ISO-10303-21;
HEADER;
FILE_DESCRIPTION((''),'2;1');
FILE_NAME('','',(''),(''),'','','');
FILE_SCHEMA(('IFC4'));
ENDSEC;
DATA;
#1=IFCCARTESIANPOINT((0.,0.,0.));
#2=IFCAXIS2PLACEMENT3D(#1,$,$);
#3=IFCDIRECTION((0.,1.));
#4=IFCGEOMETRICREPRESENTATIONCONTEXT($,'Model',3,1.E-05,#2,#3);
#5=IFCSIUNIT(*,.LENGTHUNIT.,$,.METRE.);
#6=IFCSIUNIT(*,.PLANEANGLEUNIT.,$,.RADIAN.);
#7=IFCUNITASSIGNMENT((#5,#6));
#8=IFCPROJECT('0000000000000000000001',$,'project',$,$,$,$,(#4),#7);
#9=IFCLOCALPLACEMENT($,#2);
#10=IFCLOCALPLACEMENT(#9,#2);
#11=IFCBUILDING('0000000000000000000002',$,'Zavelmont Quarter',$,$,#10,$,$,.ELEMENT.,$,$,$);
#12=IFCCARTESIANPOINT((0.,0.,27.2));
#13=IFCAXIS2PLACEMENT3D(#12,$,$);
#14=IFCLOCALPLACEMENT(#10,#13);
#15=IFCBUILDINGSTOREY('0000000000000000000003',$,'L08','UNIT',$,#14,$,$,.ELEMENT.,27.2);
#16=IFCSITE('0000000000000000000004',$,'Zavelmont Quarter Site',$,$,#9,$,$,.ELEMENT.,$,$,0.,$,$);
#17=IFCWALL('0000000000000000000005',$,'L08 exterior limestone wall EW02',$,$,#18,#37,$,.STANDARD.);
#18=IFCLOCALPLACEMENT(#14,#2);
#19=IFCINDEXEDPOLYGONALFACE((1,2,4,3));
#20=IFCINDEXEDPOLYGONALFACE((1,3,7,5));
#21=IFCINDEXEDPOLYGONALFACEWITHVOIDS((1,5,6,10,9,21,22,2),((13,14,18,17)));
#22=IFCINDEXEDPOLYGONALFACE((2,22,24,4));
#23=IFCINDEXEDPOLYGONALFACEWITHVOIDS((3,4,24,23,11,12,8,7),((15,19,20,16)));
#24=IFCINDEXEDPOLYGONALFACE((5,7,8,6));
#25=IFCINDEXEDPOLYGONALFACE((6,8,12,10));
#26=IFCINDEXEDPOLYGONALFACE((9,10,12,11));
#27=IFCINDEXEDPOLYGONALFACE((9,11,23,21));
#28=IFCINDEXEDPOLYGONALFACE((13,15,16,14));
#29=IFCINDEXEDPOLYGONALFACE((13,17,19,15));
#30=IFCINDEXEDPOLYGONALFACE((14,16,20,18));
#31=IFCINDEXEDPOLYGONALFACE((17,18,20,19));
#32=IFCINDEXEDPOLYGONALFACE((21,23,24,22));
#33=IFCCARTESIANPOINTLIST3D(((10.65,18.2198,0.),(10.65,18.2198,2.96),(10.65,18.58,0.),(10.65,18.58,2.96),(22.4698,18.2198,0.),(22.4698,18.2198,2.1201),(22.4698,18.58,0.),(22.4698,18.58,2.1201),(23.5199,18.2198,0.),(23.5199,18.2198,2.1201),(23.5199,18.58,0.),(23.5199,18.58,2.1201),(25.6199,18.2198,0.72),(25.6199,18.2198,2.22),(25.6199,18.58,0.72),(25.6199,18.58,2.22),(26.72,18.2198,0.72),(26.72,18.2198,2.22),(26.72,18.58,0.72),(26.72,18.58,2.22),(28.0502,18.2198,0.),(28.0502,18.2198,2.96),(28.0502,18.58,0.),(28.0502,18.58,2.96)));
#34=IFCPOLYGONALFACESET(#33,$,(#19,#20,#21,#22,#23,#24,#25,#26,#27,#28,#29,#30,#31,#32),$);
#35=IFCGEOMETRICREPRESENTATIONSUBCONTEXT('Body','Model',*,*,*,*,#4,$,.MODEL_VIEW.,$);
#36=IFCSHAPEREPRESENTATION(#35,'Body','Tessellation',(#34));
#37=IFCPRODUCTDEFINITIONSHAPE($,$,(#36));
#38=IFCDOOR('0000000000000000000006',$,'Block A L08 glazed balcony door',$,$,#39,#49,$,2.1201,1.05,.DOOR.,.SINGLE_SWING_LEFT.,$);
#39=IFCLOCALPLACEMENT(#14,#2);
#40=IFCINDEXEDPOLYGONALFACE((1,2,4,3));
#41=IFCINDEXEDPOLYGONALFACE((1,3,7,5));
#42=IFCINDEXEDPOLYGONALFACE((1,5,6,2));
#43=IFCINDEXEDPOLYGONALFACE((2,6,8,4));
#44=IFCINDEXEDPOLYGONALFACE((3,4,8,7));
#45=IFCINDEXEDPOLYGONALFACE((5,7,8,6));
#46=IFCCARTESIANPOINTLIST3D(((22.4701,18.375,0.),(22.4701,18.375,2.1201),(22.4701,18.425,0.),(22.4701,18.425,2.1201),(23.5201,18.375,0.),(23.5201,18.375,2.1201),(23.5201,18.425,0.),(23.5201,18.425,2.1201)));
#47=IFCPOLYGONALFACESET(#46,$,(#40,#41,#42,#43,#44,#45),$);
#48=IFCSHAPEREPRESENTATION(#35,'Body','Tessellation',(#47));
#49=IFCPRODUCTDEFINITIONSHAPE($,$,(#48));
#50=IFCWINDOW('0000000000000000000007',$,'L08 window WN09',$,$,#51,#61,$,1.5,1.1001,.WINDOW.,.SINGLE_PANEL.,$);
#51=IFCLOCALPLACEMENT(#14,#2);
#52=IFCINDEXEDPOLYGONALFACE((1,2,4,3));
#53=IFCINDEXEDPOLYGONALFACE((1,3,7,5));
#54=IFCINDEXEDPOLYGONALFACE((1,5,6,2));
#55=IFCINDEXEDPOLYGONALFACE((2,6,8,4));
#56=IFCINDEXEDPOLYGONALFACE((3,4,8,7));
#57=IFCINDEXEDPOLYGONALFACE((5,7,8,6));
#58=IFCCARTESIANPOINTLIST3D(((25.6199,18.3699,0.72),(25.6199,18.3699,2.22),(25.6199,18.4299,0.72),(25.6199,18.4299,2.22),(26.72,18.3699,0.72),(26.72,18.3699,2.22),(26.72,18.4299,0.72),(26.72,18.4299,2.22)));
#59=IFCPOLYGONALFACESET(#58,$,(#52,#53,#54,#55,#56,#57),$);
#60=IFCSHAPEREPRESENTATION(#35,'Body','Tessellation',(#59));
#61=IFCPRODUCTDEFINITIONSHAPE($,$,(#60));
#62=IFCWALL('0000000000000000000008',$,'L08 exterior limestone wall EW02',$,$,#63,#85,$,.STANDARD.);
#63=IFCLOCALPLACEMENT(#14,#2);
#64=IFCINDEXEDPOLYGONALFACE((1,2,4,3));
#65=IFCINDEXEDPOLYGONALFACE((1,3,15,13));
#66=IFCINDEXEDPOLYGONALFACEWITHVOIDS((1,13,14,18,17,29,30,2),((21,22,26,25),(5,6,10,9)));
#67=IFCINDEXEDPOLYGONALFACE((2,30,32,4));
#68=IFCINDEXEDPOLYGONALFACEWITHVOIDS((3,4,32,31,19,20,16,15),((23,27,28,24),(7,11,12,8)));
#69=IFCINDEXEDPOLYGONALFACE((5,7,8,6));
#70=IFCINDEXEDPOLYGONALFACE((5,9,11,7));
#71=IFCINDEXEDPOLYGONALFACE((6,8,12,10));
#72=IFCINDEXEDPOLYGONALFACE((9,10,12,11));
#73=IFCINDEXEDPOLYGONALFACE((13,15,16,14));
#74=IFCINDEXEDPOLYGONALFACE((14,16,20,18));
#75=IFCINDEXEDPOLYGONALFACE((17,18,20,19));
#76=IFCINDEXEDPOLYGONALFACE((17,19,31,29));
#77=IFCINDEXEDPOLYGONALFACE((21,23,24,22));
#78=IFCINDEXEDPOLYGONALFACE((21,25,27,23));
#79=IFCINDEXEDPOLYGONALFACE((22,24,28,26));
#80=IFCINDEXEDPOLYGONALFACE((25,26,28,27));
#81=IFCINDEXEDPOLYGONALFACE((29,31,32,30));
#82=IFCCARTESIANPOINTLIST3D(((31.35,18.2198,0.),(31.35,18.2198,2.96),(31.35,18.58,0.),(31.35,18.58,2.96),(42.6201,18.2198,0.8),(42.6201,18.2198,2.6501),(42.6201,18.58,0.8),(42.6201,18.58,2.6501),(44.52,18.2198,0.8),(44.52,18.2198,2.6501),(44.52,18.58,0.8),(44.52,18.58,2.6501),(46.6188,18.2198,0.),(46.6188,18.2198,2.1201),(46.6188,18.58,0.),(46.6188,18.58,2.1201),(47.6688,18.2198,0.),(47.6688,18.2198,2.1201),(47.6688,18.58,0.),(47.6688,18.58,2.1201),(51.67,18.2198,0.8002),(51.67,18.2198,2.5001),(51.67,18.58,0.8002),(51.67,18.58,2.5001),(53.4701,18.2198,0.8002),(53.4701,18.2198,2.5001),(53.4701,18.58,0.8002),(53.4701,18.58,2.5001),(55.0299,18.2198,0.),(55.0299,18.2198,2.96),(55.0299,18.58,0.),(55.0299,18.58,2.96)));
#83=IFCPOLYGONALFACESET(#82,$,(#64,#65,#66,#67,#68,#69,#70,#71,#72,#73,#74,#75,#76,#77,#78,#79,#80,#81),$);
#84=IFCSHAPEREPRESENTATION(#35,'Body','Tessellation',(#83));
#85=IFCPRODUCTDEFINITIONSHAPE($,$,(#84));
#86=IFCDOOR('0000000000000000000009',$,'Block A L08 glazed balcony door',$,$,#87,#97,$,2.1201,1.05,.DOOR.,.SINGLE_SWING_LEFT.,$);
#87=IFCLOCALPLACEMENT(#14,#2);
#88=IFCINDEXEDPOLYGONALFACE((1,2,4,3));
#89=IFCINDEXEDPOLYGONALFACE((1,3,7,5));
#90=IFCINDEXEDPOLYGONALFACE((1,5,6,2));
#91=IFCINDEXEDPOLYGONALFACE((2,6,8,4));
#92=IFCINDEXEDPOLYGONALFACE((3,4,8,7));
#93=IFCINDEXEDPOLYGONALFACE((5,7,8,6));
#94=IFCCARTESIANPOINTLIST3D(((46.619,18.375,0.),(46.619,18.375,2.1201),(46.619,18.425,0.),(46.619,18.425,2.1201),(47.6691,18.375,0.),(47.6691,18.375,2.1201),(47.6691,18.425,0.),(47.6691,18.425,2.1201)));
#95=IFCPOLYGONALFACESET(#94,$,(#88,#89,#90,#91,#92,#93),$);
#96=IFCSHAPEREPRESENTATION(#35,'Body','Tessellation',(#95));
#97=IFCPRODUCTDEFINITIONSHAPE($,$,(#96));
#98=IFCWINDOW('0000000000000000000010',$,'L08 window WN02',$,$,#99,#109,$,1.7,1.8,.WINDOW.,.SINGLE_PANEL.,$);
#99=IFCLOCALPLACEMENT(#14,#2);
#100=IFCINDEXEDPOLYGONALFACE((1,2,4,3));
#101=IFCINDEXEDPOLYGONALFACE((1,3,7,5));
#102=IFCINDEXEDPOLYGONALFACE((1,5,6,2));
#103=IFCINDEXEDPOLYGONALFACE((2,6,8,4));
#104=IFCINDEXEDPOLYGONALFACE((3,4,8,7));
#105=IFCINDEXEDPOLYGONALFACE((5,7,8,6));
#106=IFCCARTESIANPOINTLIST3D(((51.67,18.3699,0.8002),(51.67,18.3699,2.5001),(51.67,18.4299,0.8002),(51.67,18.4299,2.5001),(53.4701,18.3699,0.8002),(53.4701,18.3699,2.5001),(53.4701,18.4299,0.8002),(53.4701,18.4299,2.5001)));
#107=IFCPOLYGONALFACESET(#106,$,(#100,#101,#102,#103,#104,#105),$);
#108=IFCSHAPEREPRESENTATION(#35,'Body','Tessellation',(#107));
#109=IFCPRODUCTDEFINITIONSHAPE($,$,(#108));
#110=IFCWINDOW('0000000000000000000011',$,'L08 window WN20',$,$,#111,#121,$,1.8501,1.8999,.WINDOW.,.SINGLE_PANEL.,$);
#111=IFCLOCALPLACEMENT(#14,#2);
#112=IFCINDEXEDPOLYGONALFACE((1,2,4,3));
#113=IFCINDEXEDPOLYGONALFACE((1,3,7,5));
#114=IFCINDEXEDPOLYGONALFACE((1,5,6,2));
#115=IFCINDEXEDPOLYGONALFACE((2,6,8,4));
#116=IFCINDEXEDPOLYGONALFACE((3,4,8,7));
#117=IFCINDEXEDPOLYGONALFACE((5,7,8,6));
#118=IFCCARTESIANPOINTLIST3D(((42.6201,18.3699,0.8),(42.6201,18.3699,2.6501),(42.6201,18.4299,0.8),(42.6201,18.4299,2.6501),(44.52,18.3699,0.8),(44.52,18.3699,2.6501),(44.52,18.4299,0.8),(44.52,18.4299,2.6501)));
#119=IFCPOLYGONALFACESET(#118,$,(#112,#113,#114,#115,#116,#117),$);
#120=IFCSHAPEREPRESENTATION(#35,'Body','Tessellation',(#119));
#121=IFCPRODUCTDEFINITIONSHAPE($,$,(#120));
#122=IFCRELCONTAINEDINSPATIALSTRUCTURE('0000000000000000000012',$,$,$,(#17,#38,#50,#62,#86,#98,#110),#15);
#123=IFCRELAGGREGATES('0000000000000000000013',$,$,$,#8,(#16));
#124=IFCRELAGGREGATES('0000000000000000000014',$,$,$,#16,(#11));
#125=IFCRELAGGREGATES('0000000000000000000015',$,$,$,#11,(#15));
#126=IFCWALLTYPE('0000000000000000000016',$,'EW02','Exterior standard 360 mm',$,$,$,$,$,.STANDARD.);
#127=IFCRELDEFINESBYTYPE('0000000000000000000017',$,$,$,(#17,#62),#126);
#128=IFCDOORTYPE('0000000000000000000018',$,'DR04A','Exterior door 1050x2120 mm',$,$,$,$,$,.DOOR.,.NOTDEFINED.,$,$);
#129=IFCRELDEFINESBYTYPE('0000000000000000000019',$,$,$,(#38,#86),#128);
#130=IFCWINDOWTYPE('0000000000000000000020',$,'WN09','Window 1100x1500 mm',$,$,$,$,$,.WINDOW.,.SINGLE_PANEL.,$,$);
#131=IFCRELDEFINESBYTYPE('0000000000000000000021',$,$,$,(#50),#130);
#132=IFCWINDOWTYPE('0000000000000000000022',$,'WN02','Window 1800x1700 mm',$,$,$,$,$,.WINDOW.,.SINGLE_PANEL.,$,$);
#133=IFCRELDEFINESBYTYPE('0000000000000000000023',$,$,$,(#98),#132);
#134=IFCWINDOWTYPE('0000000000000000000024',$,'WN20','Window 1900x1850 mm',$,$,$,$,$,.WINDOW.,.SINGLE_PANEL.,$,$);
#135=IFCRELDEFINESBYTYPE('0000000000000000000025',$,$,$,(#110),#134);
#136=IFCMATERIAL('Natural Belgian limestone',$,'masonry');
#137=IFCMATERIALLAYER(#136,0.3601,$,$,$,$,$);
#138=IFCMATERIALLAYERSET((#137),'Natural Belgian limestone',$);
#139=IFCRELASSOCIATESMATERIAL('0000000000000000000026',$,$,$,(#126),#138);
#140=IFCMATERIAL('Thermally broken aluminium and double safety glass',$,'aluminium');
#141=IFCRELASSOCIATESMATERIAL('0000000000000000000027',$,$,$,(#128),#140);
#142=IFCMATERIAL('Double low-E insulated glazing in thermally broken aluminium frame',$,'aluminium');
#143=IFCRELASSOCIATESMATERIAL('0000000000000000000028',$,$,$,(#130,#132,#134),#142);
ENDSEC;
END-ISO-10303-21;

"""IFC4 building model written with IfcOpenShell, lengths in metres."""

from ifc_helpers import new_model, si_unit, direction, frame, frame_2d, origin, origin_with_axes, place, context, subcontext, project, spatial, rectangle, extrude, material, layer, layer_set, type_object, element, fill, save


model = new_model("IFC4")

# Units and contexts
model_context = context("Model", 3, precision=1e-05, world=origin(), true_north=direction((0.0, 1.0)))
body_context = subcontext(model_context, "Body", "Model", "MODEL_VIEW")
ifc_project = project(units=[si_unit("LENGTHUNIT", "METRE"), si_unit("PLANEANGLEUNIT", "RADIAN")], contexts=[model_context])

# Site, building, storey
site_placement = place(None, origin())
site = spatial("IfcSite", under=ifc_project, at=site_placement, Name="Zavelmont Quarter Site", CompositionType="ELEMENT", RefElevation=0.0)
building_placement = place(site_placement, origin())
building = spatial("IfcBuilding", under=site, at=building_placement, Name="Zavelmont Quarter", CompositionType="ELEMENT")
storey_placement = place(building_placement, frame((0.0, 0.0, 27.2)))
storey = spatial("IfcBuildingStorey", under=building, at=storey_placement, Name="L08", Description="UNIT", CompositionType="ELEMENT", Elevation=27.2)

# Wall, openings, door, window
ifc_material_1 = material(Name="Natural Belgian limestone", Category="masonry")
ifc_layer_1 = layer(ifc_material_1, 0.3601)
ifc_layer_set_1 = layer_set([ifc_layer_1], Name="Natural Belgian limestone")
wall_type = type_object("IfcWallType", Name="EW02", Description="Exterior standard 360 mm", PredefinedType="STANDARD", material=ifc_layer_set_1)
wall_1_placement = place(storey_placement, frame((10.6499, 18.3999, 0.0), z_axis=(0.0, 0.0, 1.0), x_axis=(1.0, 0.0, 0.0)))
wall_1 = element("IfcWall", 1, at=wall_1_placement, inside=storey, type_object=wall_type, Name="L08 exterior limestone wall EW02", PredefinedType="STANDARD", context=body_context, shape_type="SweptSolid", body=[
    extrude(rectangle(XDim=17.4001, YDim=0.3601, at=frame_2d((8.7002, 0.0))), origin(), (0.0, 0.0, 1.0), 2.96),
])
opening_1_placement = place(wall_1_placement, frame((11.8201, 0.0, 0.0)))
opening_1 = element("IfcOpeningElement", 2, at=opening_1_placement, cuts=wall_1, PredefinedType="OPENING", context=body_context, shape_type="SweptSolid", body=[
    extrude(rectangle(XDim=1.05, YDim=2.1201, at=frame_2d((0.5249, 1.0601))), frame((0.0, 0.1919, 0.0), z_axis=(0.0, -1.0, 0.0), x_axis=(1.0, 0.0, 0.0)), (0.0, 0.0, 1.0), 0.384),
])
opening_2_placement = place(wall_1_placement, frame((14.97, 0.0, 0.72)))
opening_2 = element("IfcOpeningElement", 3, at=opening_2_placement, cuts=wall_1, PredefinedType="OPENING", context=body_context, shape_type="SweptSolid", body=[
    extrude(rectangle(XDim=1.1001, YDim=1.5, at=frame_2d((0.55, 0.75))), frame((0.0, 0.1919, 0.0), z_axis=(0.0, -1.0, 0.0), x_axis=(1.0, 0.0, 0.0)), (0.0, 0.0, 1.0), 0.384),
])
ifc_material_2 = material(Name="Thermally broken aluminium and double safety glass", Category="aluminium")
door_type = type_object("IfcDoorType", Name="DR04A", Description="Exterior door 1050x2120 mm", OperationType="NOTDEFINED", PredefinedType="DOOR", material=ifc_material_2)
door_1_placement = place(opening_1_placement, frame((1.05, 0.0, 0.0), z_axis=(0.0, 0.0, 1.0), x_axis=(-1.0, 0.0, 0.0)))
door_1 = element("IfcDoor", 4, at=door_1_placement, inside=storey, type_object=door_type, Name="Block A L08 glazed balcony door", OperationType="SINGLE_SWING_LEFT", OverallHeight=2.1201, OverallWidth=1.05, PredefinedType="DOOR", context=body_context, shape_type="SweptSolid", body=[
    extrude(rectangle(XDim=1.05, YDim=2.1201, at=frame_2d((0.5249, 1.0601))), frame((0.0, 0.0249, 0.0), z_axis=(0.0, -1.0, 0.0), x_axis=(1.0, 0.0, 0.0)), (0.0, 0.0, 1.0), 0.05),
])
fill(opening_1, door_1)
ifc_material_3 = material(Name="Double low-E insulated glazing in thermally broken aluminium frame", Category="aluminium")
window_type_1 = type_object("IfcWindowType", Name="WN09", Description="Window 1100x1500 mm", PartitioningType="SINGLE_PANEL", PredefinedType="WINDOW", material=ifc_material_3)
window_1_placement = place(opening_2_placement, origin_with_axes())
window_1 = element("IfcWindow", 5, at=window_1_placement, inside=storey, type_object=window_type_1, Name="L08 window WN09", OverallHeight=1.5, OverallWidth=1.1001, PartitioningType="SINGLE_PANEL", PredefinedType="WINDOW", context=body_context, shape_type="SweptSolid", body=[
    extrude(rectangle(XDim=1.1001, YDim=1.5, at=frame_2d((0.55, 0.75))), frame((0.0, 0.03, 0.0), z_axis=(0.0, -1.0, 0.0), x_axis=(1.0, 0.0, 0.0)), (0.0, 0.0, 1.0), 0.0601),
])
fill(opening_2, window_1)

# Wall, openings, door, windows
wall_2_placement = place(storey_placement, frame((31.3501, 18.3999, 0.0), z_axis=(0.0, 0.0, 1.0), x_axis=(1.0, 0.0, 0.0)))
wall_2 = element("IfcWall", 6, at=wall_2_placement, inside=storey, type_object=wall_type, Name="L08 exterior limestone wall EW02", PredefinedType="STANDARD", context=body_context, shape_type="SweptSolid", body=[
    extrude(rectangle(XDim=23.6799, YDim=0.3601, at=frame_2d((11.8398, 0.0))), origin(), (0.0, 0.0, 1.0), 2.96),
])
opening_3_placement = place(wall_2_placement, frame((15.2688, 0.0, 0.0)))
opening_3 = element("IfcOpeningElement", 7, at=opening_3_placement, cuts=wall_2, PredefinedType="OPENING", context=body_context, shape_type="SweptSolid", body=[
    extrude(rectangle(XDim=1.05, YDim=2.1201, at=frame_2d((0.5249, 1.0601))), frame((0.0, 0.1919, 0.0), z_axis=(0.0, -1.0, 0.0), x_axis=(1.0, 0.0, 0.0)), (0.0, 0.0, 1.0), 0.384),
])
opening_4_placement = place(wall_2_placement, frame((11.27, 0.0, 0.8)))
opening_4 = element("IfcOpeningElement", 8, at=opening_4_placement, cuts=wall_2, PredefinedType="OPENING", context=body_context, shape_type="SweptSolid", body=[
    extrude(rectangle(XDim=1.8999, YDim=1.8501, at=frame_2d((0.95, 0.925))), frame((0.0, 0.1919, 0.0), z_axis=(0.0, -1.0, 0.0), x_axis=(1.0, 0.0, 0.0)), (0.0, 0.0, 1.0), 0.384),
])
opening_5_placement = place(wall_2_placement, frame((20.3201, 0.0, 0.8)))
opening_5 = element("IfcOpeningElement", 9, at=opening_5_placement, cuts=wall_2, PredefinedType="OPENING", context=body_context, shape_type="SweptSolid", body=[
    extrude(rectangle(XDim=1.8, YDim=1.7, at=frame_2d((0.8999, 0.8501))), frame((0.0, 0.1919, 0.0), z_axis=(0.0, -1.0, 0.0), x_axis=(1.0, 0.0, 0.0)), (0.0, 0.0, 1.0), 0.384),
])
door_2_placement = place(opening_3_placement, frame((1.05, 0.0, 0.0), z_axis=(0.0, 0.0, 1.0), x_axis=(-1.0, 0.0, 0.0)))
door_2 = element("IfcDoor", 10, at=door_2_placement, inside=storey, type_object=door_type, Name="Block A L08 glazed balcony door", OperationType="SINGLE_SWING_LEFT", OverallHeight=2.1201, OverallWidth=1.05, PredefinedType="DOOR", context=body_context, shape_type="SweptSolid", body=[
    extrude(rectangle(XDim=1.05, YDim=2.1201, at=frame_2d((0.5249, 1.0601))), frame((0.0, 0.0249, 0.0), z_axis=(0.0, -1.0, 0.0), x_axis=(1.0, 0.0, 0.0)), (0.0, 0.0, 1.0), 0.05),
])
fill(opening_3, door_2)
window_type_2 = type_object("IfcWindowType", Name="WN02", Description="Window 1800x1700 mm", PartitioningType="SINGLE_PANEL", PredefinedType="WINDOW", material=ifc_material_3)
window_2_placement = place(opening_5_placement, origin_with_axes())
window_2 = element("IfcWindow", 11, at=window_2_placement, inside=storey, type_object=window_type_2, Name="L08 window WN02", OverallHeight=1.7, OverallWidth=1.8, PartitioningType="SINGLE_PANEL", PredefinedType="WINDOW", context=body_context, shape_type="SweptSolid", body=[
    extrude(rectangle(XDim=1.8, YDim=1.7, at=frame_2d((0.8999, 0.8501))), frame((0.0, 0.03, 0.0), z_axis=(0.0, -1.0, 0.0), x_axis=(1.0, 0.0, 0.0)), (0.0, 0.0, 1.0), 0.0601),
])
fill(opening_5, window_2)
window_type_3 = type_object("IfcWindowType", Name="WN20", Description="Window 1900x1850 mm", PartitioningType="SINGLE_PANEL", PredefinedType="WINDOW", material=ifc_material_3)
window_3_placement = place(opening_4_placement, origin_with_axes())
window_3 = element("IfcWindow", 12, at=window_3_placement, inside=storey, type_object=window_type_3, Name="L08 window WN20", OverallHeight=1.8501, OverallWidth=1.8999, PartitioningType="SINGLE_PANEL", PredefinedType="WINDOW", context=body_context, shape_type="SweptSolid", body=[
    extrude(rectangle(XDim=1.8999, YDim=1.8501, at=frame_2d((0.95, 0.925))), frame((0.0, 0.03, 0.0), z_axis=(0.0, -1.0, 0.0), x_axis=(1.0, 0.0, 0.0)), (0.0, 0.0, 1.0), 0.0601),
])
fill(opening_4, window_3)

save(model, "model.ifc")
